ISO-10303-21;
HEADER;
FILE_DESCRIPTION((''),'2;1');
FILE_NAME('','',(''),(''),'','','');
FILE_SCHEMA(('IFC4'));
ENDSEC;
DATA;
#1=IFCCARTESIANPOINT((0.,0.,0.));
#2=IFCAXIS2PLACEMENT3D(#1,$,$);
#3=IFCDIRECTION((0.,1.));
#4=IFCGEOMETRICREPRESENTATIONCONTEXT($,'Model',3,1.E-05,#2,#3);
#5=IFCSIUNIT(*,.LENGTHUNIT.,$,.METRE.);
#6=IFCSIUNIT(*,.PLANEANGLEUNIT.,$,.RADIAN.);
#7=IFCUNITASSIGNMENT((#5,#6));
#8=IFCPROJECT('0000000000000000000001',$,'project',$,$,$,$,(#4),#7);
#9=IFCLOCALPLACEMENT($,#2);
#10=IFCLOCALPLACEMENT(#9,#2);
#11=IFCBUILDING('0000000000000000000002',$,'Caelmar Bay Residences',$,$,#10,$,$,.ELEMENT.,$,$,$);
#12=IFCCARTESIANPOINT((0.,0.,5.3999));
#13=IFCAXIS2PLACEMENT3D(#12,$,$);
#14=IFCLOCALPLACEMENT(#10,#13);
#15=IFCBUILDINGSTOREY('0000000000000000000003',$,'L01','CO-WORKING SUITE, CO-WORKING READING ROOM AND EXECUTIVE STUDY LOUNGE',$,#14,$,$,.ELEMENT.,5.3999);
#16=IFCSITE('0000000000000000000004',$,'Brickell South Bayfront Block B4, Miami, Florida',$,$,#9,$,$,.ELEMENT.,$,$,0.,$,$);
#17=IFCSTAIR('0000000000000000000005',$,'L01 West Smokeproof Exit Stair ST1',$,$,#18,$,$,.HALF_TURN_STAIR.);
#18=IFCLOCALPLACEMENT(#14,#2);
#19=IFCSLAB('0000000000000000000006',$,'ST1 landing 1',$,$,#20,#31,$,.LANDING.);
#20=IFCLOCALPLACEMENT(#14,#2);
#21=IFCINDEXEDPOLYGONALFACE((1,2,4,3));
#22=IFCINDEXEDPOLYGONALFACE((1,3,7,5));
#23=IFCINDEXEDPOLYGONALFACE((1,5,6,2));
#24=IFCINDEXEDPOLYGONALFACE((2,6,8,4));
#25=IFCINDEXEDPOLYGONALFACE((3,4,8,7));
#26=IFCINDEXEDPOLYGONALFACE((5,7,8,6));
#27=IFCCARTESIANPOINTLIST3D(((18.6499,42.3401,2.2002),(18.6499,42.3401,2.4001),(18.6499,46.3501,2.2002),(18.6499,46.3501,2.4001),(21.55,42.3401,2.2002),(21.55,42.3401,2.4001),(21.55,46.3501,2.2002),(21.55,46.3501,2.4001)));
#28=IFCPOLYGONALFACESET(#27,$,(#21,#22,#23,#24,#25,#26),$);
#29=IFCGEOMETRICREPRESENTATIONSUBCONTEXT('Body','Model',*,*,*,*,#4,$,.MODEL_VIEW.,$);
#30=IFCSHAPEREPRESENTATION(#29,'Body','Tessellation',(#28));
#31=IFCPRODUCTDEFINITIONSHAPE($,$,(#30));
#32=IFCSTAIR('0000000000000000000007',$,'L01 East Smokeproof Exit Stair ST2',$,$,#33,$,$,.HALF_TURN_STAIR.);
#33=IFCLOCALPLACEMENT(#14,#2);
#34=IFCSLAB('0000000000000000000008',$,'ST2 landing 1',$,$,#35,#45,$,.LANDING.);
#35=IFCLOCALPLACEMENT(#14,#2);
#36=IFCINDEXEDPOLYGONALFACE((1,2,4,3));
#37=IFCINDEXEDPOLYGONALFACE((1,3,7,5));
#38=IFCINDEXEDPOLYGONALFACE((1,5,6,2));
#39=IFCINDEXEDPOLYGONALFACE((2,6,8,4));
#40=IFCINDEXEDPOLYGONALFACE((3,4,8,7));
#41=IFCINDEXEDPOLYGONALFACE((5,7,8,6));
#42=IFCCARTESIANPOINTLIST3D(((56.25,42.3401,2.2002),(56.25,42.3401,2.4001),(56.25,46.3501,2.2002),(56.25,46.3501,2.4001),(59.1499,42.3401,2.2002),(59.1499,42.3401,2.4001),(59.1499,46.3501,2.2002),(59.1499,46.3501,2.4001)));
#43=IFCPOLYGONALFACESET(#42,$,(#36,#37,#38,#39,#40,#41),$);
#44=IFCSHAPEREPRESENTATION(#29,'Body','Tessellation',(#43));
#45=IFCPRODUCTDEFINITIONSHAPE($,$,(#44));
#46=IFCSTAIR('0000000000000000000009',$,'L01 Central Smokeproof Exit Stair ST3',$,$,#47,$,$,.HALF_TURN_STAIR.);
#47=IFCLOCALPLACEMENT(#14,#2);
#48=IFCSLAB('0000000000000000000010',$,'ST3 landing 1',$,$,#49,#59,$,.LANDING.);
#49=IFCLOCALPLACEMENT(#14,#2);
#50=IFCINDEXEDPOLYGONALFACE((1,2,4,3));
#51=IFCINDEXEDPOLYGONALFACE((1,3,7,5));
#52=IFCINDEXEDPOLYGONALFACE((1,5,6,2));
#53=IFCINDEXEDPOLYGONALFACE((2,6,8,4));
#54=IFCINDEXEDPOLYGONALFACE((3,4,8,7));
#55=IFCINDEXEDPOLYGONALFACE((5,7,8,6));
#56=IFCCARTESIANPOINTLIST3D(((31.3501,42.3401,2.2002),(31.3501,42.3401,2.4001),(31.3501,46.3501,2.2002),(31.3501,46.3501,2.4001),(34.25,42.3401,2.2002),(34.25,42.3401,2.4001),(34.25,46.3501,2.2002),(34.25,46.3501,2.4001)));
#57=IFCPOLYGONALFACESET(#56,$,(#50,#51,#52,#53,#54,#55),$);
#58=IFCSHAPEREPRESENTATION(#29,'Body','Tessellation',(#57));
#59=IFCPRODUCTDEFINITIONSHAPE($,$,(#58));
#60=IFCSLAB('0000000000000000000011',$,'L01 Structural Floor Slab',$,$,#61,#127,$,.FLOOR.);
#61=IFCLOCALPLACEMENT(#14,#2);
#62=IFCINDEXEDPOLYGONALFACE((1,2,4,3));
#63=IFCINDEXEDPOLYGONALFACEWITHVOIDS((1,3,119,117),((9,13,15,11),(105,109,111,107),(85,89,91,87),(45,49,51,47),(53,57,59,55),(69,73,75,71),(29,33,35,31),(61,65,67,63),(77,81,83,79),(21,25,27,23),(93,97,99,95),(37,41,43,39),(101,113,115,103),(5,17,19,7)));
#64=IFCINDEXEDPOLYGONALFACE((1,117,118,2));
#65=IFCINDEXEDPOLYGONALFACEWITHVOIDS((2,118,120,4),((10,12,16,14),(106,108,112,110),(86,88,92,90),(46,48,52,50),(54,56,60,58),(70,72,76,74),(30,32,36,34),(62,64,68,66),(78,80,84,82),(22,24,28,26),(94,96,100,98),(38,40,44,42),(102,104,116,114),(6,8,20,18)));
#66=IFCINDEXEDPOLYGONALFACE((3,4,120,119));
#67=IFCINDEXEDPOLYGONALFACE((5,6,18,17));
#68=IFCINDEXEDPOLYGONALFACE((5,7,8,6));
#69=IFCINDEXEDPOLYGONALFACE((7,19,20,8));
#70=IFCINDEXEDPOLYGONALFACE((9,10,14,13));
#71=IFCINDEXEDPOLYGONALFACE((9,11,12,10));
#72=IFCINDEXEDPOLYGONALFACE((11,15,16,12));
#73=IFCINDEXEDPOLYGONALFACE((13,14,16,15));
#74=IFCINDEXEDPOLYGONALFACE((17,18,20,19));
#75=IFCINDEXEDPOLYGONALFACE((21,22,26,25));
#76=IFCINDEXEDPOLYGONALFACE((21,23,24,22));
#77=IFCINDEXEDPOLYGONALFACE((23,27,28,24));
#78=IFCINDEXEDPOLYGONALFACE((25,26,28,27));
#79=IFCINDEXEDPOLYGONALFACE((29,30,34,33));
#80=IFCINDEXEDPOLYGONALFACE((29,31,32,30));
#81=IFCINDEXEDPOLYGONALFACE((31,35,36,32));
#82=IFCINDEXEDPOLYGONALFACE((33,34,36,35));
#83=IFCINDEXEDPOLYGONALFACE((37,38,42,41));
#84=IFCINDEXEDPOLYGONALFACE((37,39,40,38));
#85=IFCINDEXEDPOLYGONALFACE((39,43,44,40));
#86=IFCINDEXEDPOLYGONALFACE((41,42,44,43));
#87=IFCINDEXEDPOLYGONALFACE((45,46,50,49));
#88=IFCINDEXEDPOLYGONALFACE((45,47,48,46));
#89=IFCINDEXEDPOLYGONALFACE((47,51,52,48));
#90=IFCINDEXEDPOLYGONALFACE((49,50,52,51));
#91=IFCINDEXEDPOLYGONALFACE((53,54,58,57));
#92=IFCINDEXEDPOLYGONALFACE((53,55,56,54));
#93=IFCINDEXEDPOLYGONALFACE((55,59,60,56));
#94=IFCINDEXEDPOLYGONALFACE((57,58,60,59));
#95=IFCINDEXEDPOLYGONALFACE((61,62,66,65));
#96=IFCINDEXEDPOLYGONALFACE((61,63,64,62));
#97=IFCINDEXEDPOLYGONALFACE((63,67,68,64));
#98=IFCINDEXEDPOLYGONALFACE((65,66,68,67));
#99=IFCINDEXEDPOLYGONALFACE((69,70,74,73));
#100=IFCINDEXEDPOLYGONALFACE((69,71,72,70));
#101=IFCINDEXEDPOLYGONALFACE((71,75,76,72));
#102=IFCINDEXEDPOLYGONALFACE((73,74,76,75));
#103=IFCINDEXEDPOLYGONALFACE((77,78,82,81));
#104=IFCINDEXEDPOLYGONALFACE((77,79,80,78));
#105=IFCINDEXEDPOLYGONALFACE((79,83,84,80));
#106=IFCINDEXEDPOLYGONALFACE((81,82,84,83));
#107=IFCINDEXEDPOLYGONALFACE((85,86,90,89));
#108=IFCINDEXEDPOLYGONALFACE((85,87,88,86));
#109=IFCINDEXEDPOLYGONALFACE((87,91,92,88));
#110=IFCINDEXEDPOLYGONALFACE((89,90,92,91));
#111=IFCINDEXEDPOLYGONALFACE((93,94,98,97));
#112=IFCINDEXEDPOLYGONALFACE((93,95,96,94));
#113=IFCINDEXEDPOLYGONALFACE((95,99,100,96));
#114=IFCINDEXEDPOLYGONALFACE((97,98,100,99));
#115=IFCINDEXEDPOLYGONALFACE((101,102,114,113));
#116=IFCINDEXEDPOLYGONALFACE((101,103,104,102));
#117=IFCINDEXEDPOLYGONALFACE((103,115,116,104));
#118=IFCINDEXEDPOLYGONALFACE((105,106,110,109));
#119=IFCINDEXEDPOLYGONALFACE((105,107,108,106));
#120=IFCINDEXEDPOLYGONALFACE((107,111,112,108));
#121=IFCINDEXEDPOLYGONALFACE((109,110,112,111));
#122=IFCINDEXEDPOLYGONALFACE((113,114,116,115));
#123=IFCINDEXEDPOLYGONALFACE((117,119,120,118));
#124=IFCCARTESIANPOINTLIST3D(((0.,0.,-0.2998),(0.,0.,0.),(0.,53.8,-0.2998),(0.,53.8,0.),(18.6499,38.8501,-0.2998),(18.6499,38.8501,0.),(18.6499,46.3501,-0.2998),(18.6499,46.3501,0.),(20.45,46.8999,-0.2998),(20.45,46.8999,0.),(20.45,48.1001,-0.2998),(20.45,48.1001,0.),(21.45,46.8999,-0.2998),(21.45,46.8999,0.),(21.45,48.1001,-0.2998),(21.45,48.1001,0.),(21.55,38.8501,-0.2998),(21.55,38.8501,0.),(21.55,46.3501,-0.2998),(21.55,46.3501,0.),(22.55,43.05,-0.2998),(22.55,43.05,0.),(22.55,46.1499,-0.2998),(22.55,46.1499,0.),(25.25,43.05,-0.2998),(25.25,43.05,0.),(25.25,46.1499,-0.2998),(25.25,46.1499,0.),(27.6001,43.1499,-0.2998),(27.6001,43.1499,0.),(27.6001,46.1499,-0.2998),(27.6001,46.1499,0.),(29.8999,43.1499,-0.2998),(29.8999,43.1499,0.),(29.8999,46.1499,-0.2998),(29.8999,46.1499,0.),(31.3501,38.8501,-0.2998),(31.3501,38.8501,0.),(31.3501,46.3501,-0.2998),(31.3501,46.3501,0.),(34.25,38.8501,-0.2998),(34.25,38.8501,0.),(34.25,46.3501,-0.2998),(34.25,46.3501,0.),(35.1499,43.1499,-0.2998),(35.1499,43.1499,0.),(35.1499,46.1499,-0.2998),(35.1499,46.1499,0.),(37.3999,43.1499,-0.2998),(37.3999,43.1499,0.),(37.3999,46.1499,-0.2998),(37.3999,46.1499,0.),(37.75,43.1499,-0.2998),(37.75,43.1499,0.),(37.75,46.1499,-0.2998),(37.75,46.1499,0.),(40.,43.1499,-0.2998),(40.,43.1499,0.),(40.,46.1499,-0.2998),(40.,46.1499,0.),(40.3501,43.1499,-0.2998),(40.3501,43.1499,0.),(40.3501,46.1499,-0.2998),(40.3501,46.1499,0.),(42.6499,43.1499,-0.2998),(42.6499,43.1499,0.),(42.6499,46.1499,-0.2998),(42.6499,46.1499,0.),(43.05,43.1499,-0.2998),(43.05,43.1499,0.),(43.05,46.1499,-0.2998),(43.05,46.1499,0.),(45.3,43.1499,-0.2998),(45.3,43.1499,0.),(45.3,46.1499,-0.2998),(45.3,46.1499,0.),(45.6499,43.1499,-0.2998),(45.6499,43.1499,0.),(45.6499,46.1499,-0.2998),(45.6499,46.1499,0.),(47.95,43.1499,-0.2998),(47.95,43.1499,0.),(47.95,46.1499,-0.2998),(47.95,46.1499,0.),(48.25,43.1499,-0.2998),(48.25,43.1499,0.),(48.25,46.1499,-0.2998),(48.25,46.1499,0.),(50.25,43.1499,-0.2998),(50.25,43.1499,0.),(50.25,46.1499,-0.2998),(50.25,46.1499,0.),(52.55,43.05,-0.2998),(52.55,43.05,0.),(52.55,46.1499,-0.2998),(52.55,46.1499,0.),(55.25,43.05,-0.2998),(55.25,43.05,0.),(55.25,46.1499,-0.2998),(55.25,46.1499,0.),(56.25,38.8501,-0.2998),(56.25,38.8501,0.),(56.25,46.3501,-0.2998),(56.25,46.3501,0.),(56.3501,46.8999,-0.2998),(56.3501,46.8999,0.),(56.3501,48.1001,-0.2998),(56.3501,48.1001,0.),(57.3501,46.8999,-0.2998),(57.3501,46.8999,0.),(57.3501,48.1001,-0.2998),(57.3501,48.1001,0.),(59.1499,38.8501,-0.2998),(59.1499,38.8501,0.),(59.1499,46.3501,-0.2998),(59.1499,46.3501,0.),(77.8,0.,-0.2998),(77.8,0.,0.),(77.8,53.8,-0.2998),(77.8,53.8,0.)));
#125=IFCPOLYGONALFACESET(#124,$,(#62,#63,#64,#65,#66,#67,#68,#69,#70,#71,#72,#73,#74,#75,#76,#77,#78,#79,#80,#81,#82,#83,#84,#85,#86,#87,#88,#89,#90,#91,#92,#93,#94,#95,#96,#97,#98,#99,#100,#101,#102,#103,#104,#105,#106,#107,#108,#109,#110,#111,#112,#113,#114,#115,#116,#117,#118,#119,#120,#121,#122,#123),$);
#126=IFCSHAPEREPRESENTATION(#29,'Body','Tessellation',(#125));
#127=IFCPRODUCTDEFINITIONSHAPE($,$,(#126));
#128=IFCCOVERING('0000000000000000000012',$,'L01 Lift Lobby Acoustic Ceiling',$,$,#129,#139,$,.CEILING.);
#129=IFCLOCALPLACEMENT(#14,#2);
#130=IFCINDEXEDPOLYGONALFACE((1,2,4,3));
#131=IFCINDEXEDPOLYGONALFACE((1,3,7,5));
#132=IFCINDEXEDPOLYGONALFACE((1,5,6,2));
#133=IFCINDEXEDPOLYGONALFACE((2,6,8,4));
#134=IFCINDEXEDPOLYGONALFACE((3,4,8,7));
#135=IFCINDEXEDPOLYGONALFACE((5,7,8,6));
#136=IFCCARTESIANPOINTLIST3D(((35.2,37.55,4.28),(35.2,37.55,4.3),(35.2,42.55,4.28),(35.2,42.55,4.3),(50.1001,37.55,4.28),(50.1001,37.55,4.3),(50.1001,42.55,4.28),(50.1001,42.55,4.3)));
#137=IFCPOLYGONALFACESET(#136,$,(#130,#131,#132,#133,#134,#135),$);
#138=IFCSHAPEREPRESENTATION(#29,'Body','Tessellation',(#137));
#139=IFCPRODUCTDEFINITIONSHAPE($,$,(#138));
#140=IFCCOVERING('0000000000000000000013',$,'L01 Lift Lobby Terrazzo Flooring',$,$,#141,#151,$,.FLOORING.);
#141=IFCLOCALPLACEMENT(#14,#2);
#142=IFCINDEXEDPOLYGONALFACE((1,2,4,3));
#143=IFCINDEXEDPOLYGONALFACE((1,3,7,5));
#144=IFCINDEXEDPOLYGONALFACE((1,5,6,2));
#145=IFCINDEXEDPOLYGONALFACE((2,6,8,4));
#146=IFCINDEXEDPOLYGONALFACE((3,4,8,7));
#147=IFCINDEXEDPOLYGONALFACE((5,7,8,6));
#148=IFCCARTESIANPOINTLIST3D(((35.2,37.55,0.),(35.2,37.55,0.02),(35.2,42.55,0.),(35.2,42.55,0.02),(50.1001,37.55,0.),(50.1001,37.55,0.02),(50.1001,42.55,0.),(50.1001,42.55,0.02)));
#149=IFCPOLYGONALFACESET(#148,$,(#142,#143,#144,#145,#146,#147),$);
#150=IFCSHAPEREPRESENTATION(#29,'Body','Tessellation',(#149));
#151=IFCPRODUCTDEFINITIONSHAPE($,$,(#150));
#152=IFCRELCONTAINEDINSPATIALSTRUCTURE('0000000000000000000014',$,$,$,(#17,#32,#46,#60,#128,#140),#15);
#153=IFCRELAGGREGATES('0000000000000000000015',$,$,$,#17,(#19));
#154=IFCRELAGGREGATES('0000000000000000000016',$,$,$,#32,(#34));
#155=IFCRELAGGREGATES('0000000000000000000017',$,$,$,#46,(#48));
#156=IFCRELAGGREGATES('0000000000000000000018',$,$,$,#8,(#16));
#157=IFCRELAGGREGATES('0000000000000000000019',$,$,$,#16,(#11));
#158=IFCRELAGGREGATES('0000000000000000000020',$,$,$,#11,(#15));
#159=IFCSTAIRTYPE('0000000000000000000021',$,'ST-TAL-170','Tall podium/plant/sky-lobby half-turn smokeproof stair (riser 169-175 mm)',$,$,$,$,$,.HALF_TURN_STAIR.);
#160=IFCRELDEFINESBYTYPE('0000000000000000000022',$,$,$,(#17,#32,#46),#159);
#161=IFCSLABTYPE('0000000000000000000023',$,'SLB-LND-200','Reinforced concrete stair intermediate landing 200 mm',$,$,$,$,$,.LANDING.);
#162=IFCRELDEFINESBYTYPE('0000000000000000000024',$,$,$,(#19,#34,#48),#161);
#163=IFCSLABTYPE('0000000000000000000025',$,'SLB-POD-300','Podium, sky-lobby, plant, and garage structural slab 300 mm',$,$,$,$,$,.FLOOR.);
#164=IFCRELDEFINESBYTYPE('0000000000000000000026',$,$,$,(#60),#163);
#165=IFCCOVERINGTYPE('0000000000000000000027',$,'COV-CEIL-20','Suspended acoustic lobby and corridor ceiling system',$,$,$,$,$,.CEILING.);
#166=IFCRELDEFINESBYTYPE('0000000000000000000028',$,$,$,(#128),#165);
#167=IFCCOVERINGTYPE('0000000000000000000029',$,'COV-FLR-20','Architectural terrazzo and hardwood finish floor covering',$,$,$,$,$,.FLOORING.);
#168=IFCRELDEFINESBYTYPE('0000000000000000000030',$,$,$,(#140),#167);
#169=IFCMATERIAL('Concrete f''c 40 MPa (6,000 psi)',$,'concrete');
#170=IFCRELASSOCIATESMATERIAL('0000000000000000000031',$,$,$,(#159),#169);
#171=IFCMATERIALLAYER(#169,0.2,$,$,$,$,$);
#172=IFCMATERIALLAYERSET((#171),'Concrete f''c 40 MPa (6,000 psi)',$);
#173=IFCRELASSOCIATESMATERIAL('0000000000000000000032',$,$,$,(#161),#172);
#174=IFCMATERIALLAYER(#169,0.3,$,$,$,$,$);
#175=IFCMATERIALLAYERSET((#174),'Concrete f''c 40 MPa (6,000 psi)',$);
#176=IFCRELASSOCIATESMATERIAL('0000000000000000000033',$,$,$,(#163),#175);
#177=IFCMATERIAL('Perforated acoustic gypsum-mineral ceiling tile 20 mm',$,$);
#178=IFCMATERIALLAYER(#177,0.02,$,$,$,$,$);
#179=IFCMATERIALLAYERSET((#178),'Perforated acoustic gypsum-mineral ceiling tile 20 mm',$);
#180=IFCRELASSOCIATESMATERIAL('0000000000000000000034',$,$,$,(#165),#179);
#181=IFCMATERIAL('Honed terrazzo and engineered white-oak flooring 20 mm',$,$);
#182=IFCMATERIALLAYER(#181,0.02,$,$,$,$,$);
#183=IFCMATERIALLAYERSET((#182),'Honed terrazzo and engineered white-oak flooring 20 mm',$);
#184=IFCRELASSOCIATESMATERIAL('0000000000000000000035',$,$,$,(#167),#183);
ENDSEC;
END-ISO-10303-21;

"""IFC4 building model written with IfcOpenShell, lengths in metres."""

from ifc_helpers import new_model, si_unit, direction, frame, origin, place, context, subcontext, project, spatial, polyline, outline, extrude, material, layer, layer_set, type_object, element, aggregate, save


model = new_model("IFC4")

# Units and contexts
model_context = context("Model", 3, precision=1e-05, world=origin(), true_north=direction((0.0, 1.0)))
body_context = subcontext(model_context, "Body", "Model", "MODEL_VIEW")
ifc_project = project(units=[si_unit("LENGTHUNIT", "METRE"), si_unit("PLANEANGLEUNIT", "RADIAN")], contexts=[model_context])

# Site, building, storey
site_placement = place(None, origin())
site = spatial("IfcSite", under=ifc_project, at=site_placement, Name="Brickell South Bayfront Block B4, Miami, Florida", CompositionType="ELEMENT", RefElevation=0.0)
building_placement = place(site_placement, origin())
building = spatial("IfcBuilding", under=site, at=building_placement, Name="Caelmar Bay Residences", CompositionType="ELEMENT")
storey_placement = place(building_placement, frame((0.0, 0.0, 5.3999)))
storey = spatial("IfcBuildingStorey", under=building, at=storey_placement, Name="L01", Description="CO-WORKING SUITE, CO-WORKING READING ROOM AND EXECUTIVE STUDY LOUNGE", CompositionType="ELEMENT", Elevation=5.3999)

# Stairs, slabs
ifc_material_1 = material(Name="Concrete f'c 40 MPa (6,000 psi)", Category="concrete")
stair_type = type_object("IfcStairType", Name="ST-TAL-170", Description="Tall podium/plant/sky-lobby half-turn smokeproof stair (riser 169-175 mm)", PredefinedType="HALF_TURN_STAIR", material=ifc_material_1)
stair_1_placement = place(storey_placement, origin())
stair_1 = element("IfcStair", 1, at=stair_1_placement, inside=storey, type_object=stair_type, Name="L01 West Smokeproof Exit Stair ST1", PredefinedType="HALF_TURN_STAIR")
ifc_layer_1 = layer(ifc_material_1, 0.2)
ifc_layer_set_1 = layer_set([ifc_layer_1], Name="Concrete f'c 40 MPa (6,000 psi)")
slab_type_1 = type_object("IfcSlabType", Name="SLB-LND-200", Description="Reinforced concrete stair intermediate landing 200 mm", PredefinedType="LANDING", material=ifc_layer_set_1)
slab_1_placement = place(storey_placement, frame((0.0, 0.0, 2.2002)))
slab_1 = element("IfcSlab", 2, at=slab_1_placement, type_object=slab_type_1, Name="ST1 landing 1", PredefinedType="LANDING", context=body_context, shape_type="SweptSolid", body=[
    extrude(outline(polyline([(21.55, 42.3401), (21.55, 46.3501), (18.6499, 46.3501), (18.6499, 42.3401), (21.55, 42.3401)])), origin(), (0.0, 0.0, 1.0), 0.2),
])
aggregate(stair_1, [slab_1])
stair_2_placement = place(storey_placement, origin())
stair_2 = element("IfcStair", 3, at=stair_2_placement, inside=storey, type_object=stair_type, Name="L01 East Smokeproof Exit Stair ST2", PredefinedType="HALF_TURN_STAIR")
slab_2_placement = place(storey_placement, frame((0.0, 0.0, 2.2002)))
slab_2 = element("IfcSlab", 4, at=slab_2_placement, type_object=slab_type_1, Name="ST2 landing 1", PredefinedType="LANDING", context=body_context, shape_type="SweptSolid", body=[
    extrude(outline(polyline([(59.1499, 42.3401), (59.1499, 46.3501), (56.25, 46.3501), (56.25, 42.3401), (59.1499, 42.3401)])), origin(), (0.0, 0.0, 1.0), 0.2),
])
aggregate(stair_2, [slab_2])
stair_3_placement = place(storey_placement, origin())
stair_3 = element("IfcStair", 5, at=stair_3_placement, inside=storey, type_object=stair_type, Name="L01 Central Smokeproof Exit Stair ST3", PredefinedType="HALF_TURN_STAIR")
slab_3_placement = place(storey_placement, frame((0.0, 0.0, 2.2002)))
slab_3 = element("IfcSlab", 6, at=slab_3_placement, type_object=slab_type_1, Name="ST3 landing 1", PredefinedType="LANDING", context=body_context, shape_type="SweptSolid", body=[
    extrude(outline(polyline([(34.25, 42.3401), (34.25, 46.3501), (31.3501, 46.3501), (31.3501, 42.3401), (34.25, 42.3401)])), origin(), (0.0, 0.0, 1.0), 0.2),
])
aggregate(stair_3, [slab_3])

# Slab
ifc_layer_2 = layer(ifc_material_1, 0.3)
ifc_layer_set_2 = layer_set([ifc_layer_2], Name="Concrete f'c 40 MPa (6,000 psi)")
slab_type_2 = type_object("IfcSlabType", Name="SLB-POD-300", Description="Podium, sky-lobby, plant, and garage structural slab 300 mm", PredefinedType="FLOOR", material=ifc_layer_set_2)
slab_4_placement = place(storey_placement, frame((0.0, 0.0, -0.2998)))
element("IfcSlab", 7, at=slab_4_placement, inside=storey, type_object=slab_type_2, Name="L01 Structural Floor Slab", PredefinedType="FLOOR", context=body_context, shape_type="SweptSolid", body=[
    extrude(outline(polyline([(0.0, 0.0), (77.8, 0.0), (77.8, 53.8), (0.0, 53.8), (0.0, 0.0)]), holes=[polyline([(18.6499, 38.8501), (21.55, 38.8501), (21.55, 46.3501), (18.6499, 46.3501), (18.6499, 38.8501)]), polyline([(56.25, 38.8501), (59.1499, 38.8501), (59.1499, 46.3501), (56.25, 46.3501), (56.25, 38.8501)]), polyline([(31.3501, 38.8501), (34.25, 38.8501), (34.25, 46.3501), (31.3501, 46.3501), (31.3501, 38.8501)]), polyline([(22.55, 43.05), (25.25, 43.05), (25.25, 46.1499), (22.55, 46.1499), (22.55, 43.05)]), polyline([(52.55, 43.05), (55.25, 43.05), (55.25, 46.1499), (52.55, 46.1499), (52.55, 43.05)]), polyline([(35.1499, 43.1499), (37.3999, 43.1499), (37.3999, 46.1499), (35.1499, 46.1499), (35.1499, 43.1499)]), polyline([(37.75, 43.1499), (40.0, 43.1499), (40.0, 46.1499), (37.75, 46.1499), (37.75, 43.1499)]), polyline([(40.3501, 43.1499), (42.6499, 43.1499), (42.6499, 46.1499), (40.3501, 46.1499), (40.3501, 43.1499)]), polyline([(43.05, 43.1499), (45.3, 43.1499), (45.3, 46.1499), (43.05, 46.1499), (43.05, 43.1499)]), polyline([(45.6499, 43.1499), (47.95, 43.1499), (47.95, 46.1499), (45.6499, 46.1499), (45.6499, 43.1499)]), polyline([(48.25, 43.1499), (50.25, 43.1499), (50.25, 46.1499), (48.25, 46.1499), (48.25, 43.1499)]), polyline([(27.6001, 43.1499), (29.8999, 43.1499), (29.8999, 46.1499), (27.6001, 46.1499), (27.6001, 43.1499)]), polyline([(20.45, 46.8999), (21.45, 46.8999), (21.45, 48.1001), (20.45, 48.1001), (20.45, 46.8999)]), polyline([(56.3501, 46.8999), (57.3501, 46.8999), (57.3501, 48.1001), (56.3501, 48.1001), (56.3501, 46.8999)])]), origin(), (0.0, 0.0, 1.0), 0.2998),
])

# Coverings
ifc_material_2 = material(Name="Perforated acoustic gypsum-mineral ceiling tile 20 mm")
ifc_layer_3 = layer(ifc_material_2, 0.02)
ifc_layer_set_3 = layer_set([ifc_layer_3], Name="Perforated acoustic gypsum-mineral ceiling tile 20 mm")
covering_type_1 = type_object("IfcCoveringType", Name="COV-CEIL-20", Description="Suspended acoustic lobby and corridor ceiling system", PredefinedType="CEILING", material=ifc_layer_set_3)
covering_1_placement = place(storey_placement, frame((0.0, 0.0, 4.28)))
element("IfcCovering", 8, at=covering_1_placement, inside=storey, type_object=covering_type_1, Name="L01 Lift Lobby Acoustic Ceiling", PredefinedType="CEILING", context=body_context, shape_type="SweptSolid", body=[
    extrude(outline(polyline([(35.2, 37.55), (50.1001, 37.55), (50.1001, 42.55), (35.2, 42.55), (35.2, 37.55)])), origin(), (0.0, 0.0, 1.0), 0.02),
])
ifc_material_3 = material(Name="Honed terrazzo and engineered white-oak flooring 20 mm")
ifc_layer_4 = layer(ifc_material_3, 0.02)
ifc_layer_set_4 = layer_set([ifc_layer_4], Name="Honed terrazzo and engineered white-oak flooring 20 mm")
covering_type_2 = type_object("IfcCoveringType", Name="COV-FLR-20", Description="Architectural terrazzo and hardwood finish floor covering", PredefinedType="FLOORING", material=ifc_layer_set_4)
covering_2_placement = place(storey_placement, origin())
element("IfcCovering", 9, at=covering_2_placement, inside=storey, type_object=covering_type_2, Name="L01 Lift Lobby Terrazzo Flooring", PredefinedType="FLOORING", context=body_context, shape_type="SweptSolid", body=[
    extrude(outline(polyline([(35.2, 37.55), (50.1001, 37.55), (50.1001, 42.55), (35.2, 42.55), (35.2, 37.55)])), origin(), (0.0, 0.0, 1.0), 0.02),
])

save(model, "model.ifc")
